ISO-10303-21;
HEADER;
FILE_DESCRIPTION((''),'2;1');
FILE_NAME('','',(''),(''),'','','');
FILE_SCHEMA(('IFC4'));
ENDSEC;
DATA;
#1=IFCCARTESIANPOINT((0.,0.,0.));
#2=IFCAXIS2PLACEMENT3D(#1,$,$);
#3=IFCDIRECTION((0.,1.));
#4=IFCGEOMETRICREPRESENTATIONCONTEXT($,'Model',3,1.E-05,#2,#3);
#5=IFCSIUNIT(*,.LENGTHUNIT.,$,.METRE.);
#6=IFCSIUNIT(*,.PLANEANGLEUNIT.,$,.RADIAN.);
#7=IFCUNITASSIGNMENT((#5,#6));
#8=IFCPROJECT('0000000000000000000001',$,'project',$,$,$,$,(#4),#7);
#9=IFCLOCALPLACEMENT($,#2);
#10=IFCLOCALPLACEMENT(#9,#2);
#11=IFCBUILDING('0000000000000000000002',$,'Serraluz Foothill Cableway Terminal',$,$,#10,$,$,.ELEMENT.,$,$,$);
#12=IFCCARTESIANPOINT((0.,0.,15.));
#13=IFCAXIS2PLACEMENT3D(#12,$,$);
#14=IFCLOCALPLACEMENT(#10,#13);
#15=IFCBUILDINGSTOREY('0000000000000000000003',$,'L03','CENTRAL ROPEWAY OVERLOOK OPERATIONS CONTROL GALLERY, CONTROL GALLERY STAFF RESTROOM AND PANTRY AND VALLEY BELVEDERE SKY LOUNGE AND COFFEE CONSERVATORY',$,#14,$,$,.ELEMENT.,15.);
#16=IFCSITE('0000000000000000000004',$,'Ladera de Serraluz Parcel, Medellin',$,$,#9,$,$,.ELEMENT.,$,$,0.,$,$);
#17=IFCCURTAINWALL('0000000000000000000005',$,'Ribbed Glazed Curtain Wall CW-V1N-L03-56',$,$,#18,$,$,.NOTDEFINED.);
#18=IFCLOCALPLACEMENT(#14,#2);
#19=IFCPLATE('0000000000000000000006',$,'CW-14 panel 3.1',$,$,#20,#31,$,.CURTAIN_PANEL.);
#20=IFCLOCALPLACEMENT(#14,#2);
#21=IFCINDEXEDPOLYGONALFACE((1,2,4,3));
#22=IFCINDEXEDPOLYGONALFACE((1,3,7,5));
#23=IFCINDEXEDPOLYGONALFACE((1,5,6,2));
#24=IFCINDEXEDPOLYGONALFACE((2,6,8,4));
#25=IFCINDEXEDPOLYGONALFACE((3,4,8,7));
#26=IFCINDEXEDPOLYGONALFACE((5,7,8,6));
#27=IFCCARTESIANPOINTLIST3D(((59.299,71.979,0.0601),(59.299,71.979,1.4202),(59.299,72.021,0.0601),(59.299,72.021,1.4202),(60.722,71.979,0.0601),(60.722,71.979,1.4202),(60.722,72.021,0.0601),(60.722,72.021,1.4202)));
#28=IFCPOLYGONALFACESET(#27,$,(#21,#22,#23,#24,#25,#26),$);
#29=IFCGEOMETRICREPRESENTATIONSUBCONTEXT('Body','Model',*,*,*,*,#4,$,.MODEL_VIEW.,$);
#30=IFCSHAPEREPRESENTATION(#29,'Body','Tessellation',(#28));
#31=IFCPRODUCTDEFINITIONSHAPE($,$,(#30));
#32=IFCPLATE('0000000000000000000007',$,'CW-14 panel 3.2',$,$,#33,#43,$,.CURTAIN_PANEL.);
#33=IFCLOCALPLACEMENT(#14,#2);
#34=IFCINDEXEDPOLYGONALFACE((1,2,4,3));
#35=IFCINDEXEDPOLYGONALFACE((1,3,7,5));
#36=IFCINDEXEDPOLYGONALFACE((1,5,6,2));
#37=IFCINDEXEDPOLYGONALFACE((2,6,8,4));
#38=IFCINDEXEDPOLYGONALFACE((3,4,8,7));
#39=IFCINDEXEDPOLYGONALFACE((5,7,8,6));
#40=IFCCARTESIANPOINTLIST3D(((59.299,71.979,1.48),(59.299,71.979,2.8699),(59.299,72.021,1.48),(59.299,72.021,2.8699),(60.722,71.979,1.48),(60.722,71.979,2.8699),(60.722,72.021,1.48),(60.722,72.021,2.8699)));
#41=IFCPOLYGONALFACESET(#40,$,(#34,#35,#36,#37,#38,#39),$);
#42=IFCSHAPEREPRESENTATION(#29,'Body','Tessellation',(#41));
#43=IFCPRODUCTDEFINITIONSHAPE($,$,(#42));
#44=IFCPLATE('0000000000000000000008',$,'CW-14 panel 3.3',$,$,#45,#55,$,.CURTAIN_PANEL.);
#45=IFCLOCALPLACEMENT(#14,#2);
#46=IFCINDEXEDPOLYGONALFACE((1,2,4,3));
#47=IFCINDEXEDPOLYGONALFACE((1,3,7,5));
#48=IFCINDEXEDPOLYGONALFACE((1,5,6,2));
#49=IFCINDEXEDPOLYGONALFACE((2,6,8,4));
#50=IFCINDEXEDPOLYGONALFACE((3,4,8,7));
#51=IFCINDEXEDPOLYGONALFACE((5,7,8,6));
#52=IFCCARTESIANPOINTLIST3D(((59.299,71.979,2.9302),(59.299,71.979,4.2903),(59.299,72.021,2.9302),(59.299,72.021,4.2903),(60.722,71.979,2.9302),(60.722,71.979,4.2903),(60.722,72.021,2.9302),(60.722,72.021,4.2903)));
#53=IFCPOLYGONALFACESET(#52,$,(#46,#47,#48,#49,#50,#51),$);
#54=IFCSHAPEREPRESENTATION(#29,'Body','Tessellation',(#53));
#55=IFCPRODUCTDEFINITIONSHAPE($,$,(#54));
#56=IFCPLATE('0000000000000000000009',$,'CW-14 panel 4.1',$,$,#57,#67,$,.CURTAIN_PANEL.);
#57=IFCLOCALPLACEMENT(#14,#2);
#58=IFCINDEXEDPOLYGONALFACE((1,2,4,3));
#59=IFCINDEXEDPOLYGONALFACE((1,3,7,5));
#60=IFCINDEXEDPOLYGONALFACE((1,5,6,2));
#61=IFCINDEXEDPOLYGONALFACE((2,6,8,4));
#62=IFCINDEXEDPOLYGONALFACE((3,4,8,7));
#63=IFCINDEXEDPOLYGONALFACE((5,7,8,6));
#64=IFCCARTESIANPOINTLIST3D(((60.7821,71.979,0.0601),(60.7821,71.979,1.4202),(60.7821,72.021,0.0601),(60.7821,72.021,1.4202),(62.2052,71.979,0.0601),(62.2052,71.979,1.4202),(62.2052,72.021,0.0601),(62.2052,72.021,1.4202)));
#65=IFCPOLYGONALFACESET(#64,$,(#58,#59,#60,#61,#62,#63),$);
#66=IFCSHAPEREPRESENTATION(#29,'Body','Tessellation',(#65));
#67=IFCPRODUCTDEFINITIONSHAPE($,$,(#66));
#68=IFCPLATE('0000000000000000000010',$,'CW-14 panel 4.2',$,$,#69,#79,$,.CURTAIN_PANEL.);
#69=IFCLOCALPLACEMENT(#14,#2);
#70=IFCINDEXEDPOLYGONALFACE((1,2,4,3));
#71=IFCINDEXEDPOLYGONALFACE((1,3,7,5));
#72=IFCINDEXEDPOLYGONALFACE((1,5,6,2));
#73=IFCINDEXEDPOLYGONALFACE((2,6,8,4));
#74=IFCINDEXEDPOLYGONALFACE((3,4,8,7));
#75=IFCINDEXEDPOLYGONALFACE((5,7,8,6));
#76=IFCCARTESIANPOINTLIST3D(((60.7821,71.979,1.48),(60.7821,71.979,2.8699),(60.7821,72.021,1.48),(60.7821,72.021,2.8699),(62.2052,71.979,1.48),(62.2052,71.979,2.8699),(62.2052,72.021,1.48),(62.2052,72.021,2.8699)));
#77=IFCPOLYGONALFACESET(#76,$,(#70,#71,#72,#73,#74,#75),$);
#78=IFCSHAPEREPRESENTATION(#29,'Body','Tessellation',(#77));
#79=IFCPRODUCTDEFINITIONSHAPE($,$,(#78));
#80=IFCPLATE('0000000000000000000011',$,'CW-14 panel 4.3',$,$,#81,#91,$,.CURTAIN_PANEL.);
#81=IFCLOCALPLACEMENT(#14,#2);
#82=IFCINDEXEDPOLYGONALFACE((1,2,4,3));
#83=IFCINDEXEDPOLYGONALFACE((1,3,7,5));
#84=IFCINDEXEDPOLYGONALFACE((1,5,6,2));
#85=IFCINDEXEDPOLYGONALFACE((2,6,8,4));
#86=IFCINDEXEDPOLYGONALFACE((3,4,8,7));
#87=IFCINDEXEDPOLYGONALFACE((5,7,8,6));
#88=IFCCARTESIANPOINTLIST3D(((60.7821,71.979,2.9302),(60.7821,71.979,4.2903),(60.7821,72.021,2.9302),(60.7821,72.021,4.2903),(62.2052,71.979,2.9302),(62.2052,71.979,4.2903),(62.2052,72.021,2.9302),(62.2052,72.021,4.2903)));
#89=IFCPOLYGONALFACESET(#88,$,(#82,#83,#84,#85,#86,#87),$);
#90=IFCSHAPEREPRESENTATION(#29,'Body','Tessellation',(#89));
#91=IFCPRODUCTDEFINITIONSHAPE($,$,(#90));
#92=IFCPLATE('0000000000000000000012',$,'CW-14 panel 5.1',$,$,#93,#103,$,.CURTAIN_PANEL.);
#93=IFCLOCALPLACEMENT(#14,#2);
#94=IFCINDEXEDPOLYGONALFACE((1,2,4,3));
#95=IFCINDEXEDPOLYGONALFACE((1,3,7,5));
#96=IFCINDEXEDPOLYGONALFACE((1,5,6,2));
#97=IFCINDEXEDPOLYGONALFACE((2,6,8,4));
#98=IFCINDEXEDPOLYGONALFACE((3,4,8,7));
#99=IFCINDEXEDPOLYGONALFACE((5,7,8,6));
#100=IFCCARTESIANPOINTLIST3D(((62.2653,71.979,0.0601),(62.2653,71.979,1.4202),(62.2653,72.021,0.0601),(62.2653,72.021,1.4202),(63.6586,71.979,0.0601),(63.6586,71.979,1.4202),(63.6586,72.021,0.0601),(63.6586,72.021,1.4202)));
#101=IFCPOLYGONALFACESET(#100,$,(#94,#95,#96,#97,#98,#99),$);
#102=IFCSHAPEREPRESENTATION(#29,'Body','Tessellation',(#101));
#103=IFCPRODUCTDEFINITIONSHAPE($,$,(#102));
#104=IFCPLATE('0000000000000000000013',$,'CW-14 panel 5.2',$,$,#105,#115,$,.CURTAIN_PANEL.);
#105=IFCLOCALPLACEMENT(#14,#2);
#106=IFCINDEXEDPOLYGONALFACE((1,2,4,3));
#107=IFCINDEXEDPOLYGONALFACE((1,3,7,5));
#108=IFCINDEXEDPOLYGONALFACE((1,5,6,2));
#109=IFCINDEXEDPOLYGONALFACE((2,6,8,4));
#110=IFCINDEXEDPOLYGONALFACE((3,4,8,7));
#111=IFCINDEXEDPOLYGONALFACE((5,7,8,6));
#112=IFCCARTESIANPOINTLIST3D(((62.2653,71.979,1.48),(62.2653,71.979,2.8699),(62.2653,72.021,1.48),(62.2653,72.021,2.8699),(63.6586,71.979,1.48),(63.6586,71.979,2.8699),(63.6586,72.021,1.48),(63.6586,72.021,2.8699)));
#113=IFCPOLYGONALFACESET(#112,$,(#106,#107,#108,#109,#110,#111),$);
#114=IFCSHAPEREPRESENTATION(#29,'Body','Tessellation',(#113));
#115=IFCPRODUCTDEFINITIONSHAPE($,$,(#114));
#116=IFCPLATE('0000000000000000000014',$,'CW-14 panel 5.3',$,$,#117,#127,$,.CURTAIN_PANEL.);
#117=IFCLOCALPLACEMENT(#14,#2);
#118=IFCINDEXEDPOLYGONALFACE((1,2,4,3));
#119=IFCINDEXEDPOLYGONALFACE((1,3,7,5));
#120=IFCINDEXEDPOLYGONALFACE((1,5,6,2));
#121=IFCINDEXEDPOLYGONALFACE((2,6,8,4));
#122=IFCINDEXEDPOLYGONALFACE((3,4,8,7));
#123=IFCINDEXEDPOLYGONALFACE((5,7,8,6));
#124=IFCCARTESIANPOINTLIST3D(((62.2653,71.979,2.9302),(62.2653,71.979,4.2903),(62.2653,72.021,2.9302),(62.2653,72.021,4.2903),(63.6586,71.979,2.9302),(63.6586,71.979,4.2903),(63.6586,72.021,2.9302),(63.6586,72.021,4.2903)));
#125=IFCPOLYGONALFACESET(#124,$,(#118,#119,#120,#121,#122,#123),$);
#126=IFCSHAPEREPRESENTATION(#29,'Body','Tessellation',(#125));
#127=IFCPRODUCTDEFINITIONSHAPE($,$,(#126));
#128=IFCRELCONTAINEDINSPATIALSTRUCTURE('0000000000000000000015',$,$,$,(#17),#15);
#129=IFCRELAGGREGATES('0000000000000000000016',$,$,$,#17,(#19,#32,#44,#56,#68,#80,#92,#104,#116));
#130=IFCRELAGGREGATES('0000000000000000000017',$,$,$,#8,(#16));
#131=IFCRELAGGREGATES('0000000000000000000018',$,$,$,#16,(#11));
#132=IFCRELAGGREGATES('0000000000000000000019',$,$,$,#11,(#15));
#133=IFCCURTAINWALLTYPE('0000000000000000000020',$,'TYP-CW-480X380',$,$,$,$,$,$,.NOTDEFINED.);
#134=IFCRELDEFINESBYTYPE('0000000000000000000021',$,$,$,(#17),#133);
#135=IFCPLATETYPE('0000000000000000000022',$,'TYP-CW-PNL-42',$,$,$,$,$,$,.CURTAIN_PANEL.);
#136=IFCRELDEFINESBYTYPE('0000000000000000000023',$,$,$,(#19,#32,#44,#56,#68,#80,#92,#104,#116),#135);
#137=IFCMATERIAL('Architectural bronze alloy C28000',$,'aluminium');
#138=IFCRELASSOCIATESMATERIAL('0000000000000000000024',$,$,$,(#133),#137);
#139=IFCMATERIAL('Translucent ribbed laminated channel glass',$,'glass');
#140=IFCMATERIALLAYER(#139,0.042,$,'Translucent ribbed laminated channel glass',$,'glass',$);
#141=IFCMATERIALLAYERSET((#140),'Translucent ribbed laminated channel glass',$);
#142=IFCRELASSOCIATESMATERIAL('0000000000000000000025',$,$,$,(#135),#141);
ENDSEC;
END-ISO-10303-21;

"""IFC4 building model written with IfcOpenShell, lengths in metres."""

from ifc_helpers import new_model, si_unit, direction, frame, origin, origin_2d, place, context, subcontext, project, spatial, rectangle, extrude, material, layer, layer_set, type_object, element, aggregate, save


model = new_model("IFC4")

# Units and contexts
model_context = context("Model", 3, precision=1e-05, world=origin(), true_north=direction((0.0, 1.0)))
body_context = subcontext(model_context, "Body", "Model", "MODEL_VIEW")
ifc_project = project(units=[si_unit("LENGTHUNIT", "METRE"), si_unit("PLANEANGLEUNIT", "RADIAN")], contexts=[model_context])

# Site, building, storey
site_placement = place(None, origin())
site = spatial("IfcSite", under=ifc_project, at=site_placement, Name="Ladera de Serraluz Parcel, Medellin", CompositionType="ELEMENT", RefElevation=0.0)
building_placement = place(site_placement, origin())
building = spatial("IfcBuilding", under=site, at=building_placement, Name="Serraluz Foothill Cableway Terminal", CompositionType="ELEMENT")
storey_placement = place(building_placement, frame((0.0, 0.0, 15.0)))
storey = spatial("IfcBuildingStorey", under=building, at=storey_placement, Name="L03", Description="CENTRAL ROPEWAY OVERLOOK OPERATIONS CONTROL GALLERY, CONTROL GALLERY STAFF RESTROOM AND PANTRY AND VALLEY BELVEDERE SKY LOUNGE AND COFFEE CONSERVATORY", CompositionType="ELEMENT", Elevation=15.0)

# Curtain wall
ifc_material_1 = material(Name="Architectural bronze alloy C28000", Category="aluminium")
curtain_wall_type_1 = type_object("IfcCurtainWallType", Name="TYP-CW-480X380", PredefinedType="NOTDEFINED", material=ifc_material_1)
curtain_wall_1_placement = place(storey_placement, origin())
curtain_wall_1 = element("IfcCurtainWall", 1, at=curtain_wall_1_placement, inside=storey, type_object=curtain_wall_type_1, Name="Ribbed Glazed Curtain Wall CW-V1N-L03-56", PredefinedType="NOTDEFINED")

# Plates
ifc_material_2 = material(Name="Translucent ribbed laminated channel glass", Category="glass")
ifc_layer = layer(ifc_material_2, 0.042, Name="Translucent ribbed laminated channel glass", Category="glass")
ifc_layer_set = layer_set([ifc_layer], Name="Translucent ribbed laminated channel glass")
plate_type = type_object("IfcPlateType", Name="TYP-CW-PNL-42", PredefinedType="CURTAIN_PANEL", material=ifc_layer_set)
plate_1_placement = place(storey_placement, frame((60.0105, 72.0, 0.0601), z_axis=(0.0, 0.0, 1.0), x_axis=(1.0, 0.0, 0.0)))
plate_1 = element("IfcPlate", 2, at=plate_1_placement, type_object=plate_type, Name="CW-14 panel 3.1", PredefinedType="CURTAIN_PANEL", context=body_context, shape_type="SweptSolid", body=[
    extrude(rectangle(XDim=1.4231, YDim=0.042, at=origin_2d()), origin(), (0.0, 0.0, 1.0), 1.3601),
])
plate_2_placement = place(storey_placement, frame((60.0105, 72.0, 1.48), z_axis=(0.0, 0.0, 1.0), x_axis=(1.0, 0.0, 0.0)))
plate_2 = element("IfcPlate", 3, at=plate_2_placement, type_object=plate_type, Name="CW-14 panel 3.2", PredefinedType="CURTAIN_PANEL", context=body_context, shape_type="SweptSolid", body=[
    extrude(rectangle(XDim=1.4231, YDim=0.042, at=origin_2d()), origin(), (0.0, 0.0, 1.0), 1.3899),
])
plate_3_placement = place(storey_placement, frame((60.0105, 72.0, 2.9302), z_axis=(0.0, 0.0, 1.0), x_axis=(1.0, 0.0, 0.0)))
plate_3 = element("IfcPlate", 4, at=plate_3_placement, type_object=plate_type, Name="CW-14 panel 3.3", PredefinedType="CURTAIN_PANEL", context=body_context, shape_type="SweptSolid", body=[
    extrude(rectangle(XDim=1.4231, YDim=0.042, at=origin_2d()), origin(), (0.0, 0.0, 1.0), 1.3601),
])
plate_4_placement = place(storey_placement, frame((61.4937, 72.0, 0.0601), z_axis=(0.0, 0.0, 1.0), x_axis=(1.0, 0.0, 0.0)))
plate_4 = element("IfcPlate", 5, at=plate_4_placement, type_object=plate_type, Name="CW-14 panel 4.1", PredefinedType="CURTAIN_PANEL", context=body_context, shape_type="SweptSolid", body=[
    extrude(rectangle(XDim=1.4231, YDim=0.042, at=origin_2d()), origin(), (0.0, 0.0, 1.0), 1.3601),
])
plate_5_placement = place(storey_placement, frame((61.4937, 72.0, 1.48), z_axis=(0.0, 0.0, 1.0), x_axis=(1.0, 0.0, 0.0)))
plate_5 = element("IfcPlate", 6, at=plate_5_placement, type_object=plate_type, Name="CW-14 panel 4.2", PredefinedType="CURTAIN_PANEL", context=body_context, shape_type="SweptSolid", body=[
    extrude(rectangle(XDim=1.4231, YDim=0.042, at=origin_2d()), origin(), (0.0, 0.0, 1.0), 1.3899),
])
plate_6_placement = place(storey_placement, frame((61.4937, 72.0, 2.9302), z_axis=(0.0, 0.0, 1.0), x_axis=(1.0, 0.0, 0.0)))
plate_6 = element("IfcPlate", 7, at=plate_6_placement, type_object=plate_type, Name="CW-14 panel 4.3", PredefinedType="CURTAIN_PANEL", context=body_context, shape_type="SweptSolid", body=[
    extrude(rectangle(XDim=1.4231, YDim=0.042, at=origin_2d()), origin(), (0.0, 0.0, 1.0), 1.3601),
])
plate_7_placement = place(storey_placement, frame((62.9619, 72.0, 0.0601), z_axis=(0.0, 0.0, 1.0), x_axis=(1.0, 0.0, 0.0)))
plate_7 = element("IfcPlate", 8, at=plate_7_placement, type_object=plate_type, Name="CW-14 panel 5.1", PredefinedType="CURTAIN_PANEL", context=body_context, shape_type="SweptSolid", body=[
    extrude(rectangle(XDim=1.3933, YDim=0.042, at=origin_2d()), origin(), (0.0, 0.0, 1.0), 1.3601),
])
plate_8_placement = place(storey_placement, frame((62.9619, 72.0, 1.48), z_axis=(0.0, 0.0, 1.0), x_axis=(1.0, 0.0, 0.0)))
plate_8 = element("IfcPlate", 9, at=plate_8_placement, type_object=plate_type, Name="CW-14 panel 5.2", PredefinedType="CURTAIN_PANEL", context=body_context, shape_type="SweptSolid", body=[
    extrude(rectangle(XDim=1.3933, YDim=0.042, at=origin_2d()), origin(), (0.0, 0.0, 1.0), 1.3899),
])
plate_9_placement = place(storey_placement, frame((62.9619, 72.0, 2.9302), z_axis=(0.0, 0.0, 1.0), x_axis=(1.0, 0.0, 0.0)))
plate_9 = element("IfcPlate", 10, at=plate_9_placement, type_object=plate_type, Name="CW-14 panel 5.3", PredefinedType="CURTAIN_PANEL", context=body_context, shape_type="SweptSolid", body=[
    extrude(rectangle(XDim=1.3933, YDim=0.042, at=origin_2d()), origin(), (0.0, 0.0, 1.0), 1.3601),
])
aggregate(curtain_wall_1, [plate_1, plate_2, plate_3, plate_4, plate_5, plate_6, plate_7, plate_8, plate_9])

save(model, "model.ifc")
